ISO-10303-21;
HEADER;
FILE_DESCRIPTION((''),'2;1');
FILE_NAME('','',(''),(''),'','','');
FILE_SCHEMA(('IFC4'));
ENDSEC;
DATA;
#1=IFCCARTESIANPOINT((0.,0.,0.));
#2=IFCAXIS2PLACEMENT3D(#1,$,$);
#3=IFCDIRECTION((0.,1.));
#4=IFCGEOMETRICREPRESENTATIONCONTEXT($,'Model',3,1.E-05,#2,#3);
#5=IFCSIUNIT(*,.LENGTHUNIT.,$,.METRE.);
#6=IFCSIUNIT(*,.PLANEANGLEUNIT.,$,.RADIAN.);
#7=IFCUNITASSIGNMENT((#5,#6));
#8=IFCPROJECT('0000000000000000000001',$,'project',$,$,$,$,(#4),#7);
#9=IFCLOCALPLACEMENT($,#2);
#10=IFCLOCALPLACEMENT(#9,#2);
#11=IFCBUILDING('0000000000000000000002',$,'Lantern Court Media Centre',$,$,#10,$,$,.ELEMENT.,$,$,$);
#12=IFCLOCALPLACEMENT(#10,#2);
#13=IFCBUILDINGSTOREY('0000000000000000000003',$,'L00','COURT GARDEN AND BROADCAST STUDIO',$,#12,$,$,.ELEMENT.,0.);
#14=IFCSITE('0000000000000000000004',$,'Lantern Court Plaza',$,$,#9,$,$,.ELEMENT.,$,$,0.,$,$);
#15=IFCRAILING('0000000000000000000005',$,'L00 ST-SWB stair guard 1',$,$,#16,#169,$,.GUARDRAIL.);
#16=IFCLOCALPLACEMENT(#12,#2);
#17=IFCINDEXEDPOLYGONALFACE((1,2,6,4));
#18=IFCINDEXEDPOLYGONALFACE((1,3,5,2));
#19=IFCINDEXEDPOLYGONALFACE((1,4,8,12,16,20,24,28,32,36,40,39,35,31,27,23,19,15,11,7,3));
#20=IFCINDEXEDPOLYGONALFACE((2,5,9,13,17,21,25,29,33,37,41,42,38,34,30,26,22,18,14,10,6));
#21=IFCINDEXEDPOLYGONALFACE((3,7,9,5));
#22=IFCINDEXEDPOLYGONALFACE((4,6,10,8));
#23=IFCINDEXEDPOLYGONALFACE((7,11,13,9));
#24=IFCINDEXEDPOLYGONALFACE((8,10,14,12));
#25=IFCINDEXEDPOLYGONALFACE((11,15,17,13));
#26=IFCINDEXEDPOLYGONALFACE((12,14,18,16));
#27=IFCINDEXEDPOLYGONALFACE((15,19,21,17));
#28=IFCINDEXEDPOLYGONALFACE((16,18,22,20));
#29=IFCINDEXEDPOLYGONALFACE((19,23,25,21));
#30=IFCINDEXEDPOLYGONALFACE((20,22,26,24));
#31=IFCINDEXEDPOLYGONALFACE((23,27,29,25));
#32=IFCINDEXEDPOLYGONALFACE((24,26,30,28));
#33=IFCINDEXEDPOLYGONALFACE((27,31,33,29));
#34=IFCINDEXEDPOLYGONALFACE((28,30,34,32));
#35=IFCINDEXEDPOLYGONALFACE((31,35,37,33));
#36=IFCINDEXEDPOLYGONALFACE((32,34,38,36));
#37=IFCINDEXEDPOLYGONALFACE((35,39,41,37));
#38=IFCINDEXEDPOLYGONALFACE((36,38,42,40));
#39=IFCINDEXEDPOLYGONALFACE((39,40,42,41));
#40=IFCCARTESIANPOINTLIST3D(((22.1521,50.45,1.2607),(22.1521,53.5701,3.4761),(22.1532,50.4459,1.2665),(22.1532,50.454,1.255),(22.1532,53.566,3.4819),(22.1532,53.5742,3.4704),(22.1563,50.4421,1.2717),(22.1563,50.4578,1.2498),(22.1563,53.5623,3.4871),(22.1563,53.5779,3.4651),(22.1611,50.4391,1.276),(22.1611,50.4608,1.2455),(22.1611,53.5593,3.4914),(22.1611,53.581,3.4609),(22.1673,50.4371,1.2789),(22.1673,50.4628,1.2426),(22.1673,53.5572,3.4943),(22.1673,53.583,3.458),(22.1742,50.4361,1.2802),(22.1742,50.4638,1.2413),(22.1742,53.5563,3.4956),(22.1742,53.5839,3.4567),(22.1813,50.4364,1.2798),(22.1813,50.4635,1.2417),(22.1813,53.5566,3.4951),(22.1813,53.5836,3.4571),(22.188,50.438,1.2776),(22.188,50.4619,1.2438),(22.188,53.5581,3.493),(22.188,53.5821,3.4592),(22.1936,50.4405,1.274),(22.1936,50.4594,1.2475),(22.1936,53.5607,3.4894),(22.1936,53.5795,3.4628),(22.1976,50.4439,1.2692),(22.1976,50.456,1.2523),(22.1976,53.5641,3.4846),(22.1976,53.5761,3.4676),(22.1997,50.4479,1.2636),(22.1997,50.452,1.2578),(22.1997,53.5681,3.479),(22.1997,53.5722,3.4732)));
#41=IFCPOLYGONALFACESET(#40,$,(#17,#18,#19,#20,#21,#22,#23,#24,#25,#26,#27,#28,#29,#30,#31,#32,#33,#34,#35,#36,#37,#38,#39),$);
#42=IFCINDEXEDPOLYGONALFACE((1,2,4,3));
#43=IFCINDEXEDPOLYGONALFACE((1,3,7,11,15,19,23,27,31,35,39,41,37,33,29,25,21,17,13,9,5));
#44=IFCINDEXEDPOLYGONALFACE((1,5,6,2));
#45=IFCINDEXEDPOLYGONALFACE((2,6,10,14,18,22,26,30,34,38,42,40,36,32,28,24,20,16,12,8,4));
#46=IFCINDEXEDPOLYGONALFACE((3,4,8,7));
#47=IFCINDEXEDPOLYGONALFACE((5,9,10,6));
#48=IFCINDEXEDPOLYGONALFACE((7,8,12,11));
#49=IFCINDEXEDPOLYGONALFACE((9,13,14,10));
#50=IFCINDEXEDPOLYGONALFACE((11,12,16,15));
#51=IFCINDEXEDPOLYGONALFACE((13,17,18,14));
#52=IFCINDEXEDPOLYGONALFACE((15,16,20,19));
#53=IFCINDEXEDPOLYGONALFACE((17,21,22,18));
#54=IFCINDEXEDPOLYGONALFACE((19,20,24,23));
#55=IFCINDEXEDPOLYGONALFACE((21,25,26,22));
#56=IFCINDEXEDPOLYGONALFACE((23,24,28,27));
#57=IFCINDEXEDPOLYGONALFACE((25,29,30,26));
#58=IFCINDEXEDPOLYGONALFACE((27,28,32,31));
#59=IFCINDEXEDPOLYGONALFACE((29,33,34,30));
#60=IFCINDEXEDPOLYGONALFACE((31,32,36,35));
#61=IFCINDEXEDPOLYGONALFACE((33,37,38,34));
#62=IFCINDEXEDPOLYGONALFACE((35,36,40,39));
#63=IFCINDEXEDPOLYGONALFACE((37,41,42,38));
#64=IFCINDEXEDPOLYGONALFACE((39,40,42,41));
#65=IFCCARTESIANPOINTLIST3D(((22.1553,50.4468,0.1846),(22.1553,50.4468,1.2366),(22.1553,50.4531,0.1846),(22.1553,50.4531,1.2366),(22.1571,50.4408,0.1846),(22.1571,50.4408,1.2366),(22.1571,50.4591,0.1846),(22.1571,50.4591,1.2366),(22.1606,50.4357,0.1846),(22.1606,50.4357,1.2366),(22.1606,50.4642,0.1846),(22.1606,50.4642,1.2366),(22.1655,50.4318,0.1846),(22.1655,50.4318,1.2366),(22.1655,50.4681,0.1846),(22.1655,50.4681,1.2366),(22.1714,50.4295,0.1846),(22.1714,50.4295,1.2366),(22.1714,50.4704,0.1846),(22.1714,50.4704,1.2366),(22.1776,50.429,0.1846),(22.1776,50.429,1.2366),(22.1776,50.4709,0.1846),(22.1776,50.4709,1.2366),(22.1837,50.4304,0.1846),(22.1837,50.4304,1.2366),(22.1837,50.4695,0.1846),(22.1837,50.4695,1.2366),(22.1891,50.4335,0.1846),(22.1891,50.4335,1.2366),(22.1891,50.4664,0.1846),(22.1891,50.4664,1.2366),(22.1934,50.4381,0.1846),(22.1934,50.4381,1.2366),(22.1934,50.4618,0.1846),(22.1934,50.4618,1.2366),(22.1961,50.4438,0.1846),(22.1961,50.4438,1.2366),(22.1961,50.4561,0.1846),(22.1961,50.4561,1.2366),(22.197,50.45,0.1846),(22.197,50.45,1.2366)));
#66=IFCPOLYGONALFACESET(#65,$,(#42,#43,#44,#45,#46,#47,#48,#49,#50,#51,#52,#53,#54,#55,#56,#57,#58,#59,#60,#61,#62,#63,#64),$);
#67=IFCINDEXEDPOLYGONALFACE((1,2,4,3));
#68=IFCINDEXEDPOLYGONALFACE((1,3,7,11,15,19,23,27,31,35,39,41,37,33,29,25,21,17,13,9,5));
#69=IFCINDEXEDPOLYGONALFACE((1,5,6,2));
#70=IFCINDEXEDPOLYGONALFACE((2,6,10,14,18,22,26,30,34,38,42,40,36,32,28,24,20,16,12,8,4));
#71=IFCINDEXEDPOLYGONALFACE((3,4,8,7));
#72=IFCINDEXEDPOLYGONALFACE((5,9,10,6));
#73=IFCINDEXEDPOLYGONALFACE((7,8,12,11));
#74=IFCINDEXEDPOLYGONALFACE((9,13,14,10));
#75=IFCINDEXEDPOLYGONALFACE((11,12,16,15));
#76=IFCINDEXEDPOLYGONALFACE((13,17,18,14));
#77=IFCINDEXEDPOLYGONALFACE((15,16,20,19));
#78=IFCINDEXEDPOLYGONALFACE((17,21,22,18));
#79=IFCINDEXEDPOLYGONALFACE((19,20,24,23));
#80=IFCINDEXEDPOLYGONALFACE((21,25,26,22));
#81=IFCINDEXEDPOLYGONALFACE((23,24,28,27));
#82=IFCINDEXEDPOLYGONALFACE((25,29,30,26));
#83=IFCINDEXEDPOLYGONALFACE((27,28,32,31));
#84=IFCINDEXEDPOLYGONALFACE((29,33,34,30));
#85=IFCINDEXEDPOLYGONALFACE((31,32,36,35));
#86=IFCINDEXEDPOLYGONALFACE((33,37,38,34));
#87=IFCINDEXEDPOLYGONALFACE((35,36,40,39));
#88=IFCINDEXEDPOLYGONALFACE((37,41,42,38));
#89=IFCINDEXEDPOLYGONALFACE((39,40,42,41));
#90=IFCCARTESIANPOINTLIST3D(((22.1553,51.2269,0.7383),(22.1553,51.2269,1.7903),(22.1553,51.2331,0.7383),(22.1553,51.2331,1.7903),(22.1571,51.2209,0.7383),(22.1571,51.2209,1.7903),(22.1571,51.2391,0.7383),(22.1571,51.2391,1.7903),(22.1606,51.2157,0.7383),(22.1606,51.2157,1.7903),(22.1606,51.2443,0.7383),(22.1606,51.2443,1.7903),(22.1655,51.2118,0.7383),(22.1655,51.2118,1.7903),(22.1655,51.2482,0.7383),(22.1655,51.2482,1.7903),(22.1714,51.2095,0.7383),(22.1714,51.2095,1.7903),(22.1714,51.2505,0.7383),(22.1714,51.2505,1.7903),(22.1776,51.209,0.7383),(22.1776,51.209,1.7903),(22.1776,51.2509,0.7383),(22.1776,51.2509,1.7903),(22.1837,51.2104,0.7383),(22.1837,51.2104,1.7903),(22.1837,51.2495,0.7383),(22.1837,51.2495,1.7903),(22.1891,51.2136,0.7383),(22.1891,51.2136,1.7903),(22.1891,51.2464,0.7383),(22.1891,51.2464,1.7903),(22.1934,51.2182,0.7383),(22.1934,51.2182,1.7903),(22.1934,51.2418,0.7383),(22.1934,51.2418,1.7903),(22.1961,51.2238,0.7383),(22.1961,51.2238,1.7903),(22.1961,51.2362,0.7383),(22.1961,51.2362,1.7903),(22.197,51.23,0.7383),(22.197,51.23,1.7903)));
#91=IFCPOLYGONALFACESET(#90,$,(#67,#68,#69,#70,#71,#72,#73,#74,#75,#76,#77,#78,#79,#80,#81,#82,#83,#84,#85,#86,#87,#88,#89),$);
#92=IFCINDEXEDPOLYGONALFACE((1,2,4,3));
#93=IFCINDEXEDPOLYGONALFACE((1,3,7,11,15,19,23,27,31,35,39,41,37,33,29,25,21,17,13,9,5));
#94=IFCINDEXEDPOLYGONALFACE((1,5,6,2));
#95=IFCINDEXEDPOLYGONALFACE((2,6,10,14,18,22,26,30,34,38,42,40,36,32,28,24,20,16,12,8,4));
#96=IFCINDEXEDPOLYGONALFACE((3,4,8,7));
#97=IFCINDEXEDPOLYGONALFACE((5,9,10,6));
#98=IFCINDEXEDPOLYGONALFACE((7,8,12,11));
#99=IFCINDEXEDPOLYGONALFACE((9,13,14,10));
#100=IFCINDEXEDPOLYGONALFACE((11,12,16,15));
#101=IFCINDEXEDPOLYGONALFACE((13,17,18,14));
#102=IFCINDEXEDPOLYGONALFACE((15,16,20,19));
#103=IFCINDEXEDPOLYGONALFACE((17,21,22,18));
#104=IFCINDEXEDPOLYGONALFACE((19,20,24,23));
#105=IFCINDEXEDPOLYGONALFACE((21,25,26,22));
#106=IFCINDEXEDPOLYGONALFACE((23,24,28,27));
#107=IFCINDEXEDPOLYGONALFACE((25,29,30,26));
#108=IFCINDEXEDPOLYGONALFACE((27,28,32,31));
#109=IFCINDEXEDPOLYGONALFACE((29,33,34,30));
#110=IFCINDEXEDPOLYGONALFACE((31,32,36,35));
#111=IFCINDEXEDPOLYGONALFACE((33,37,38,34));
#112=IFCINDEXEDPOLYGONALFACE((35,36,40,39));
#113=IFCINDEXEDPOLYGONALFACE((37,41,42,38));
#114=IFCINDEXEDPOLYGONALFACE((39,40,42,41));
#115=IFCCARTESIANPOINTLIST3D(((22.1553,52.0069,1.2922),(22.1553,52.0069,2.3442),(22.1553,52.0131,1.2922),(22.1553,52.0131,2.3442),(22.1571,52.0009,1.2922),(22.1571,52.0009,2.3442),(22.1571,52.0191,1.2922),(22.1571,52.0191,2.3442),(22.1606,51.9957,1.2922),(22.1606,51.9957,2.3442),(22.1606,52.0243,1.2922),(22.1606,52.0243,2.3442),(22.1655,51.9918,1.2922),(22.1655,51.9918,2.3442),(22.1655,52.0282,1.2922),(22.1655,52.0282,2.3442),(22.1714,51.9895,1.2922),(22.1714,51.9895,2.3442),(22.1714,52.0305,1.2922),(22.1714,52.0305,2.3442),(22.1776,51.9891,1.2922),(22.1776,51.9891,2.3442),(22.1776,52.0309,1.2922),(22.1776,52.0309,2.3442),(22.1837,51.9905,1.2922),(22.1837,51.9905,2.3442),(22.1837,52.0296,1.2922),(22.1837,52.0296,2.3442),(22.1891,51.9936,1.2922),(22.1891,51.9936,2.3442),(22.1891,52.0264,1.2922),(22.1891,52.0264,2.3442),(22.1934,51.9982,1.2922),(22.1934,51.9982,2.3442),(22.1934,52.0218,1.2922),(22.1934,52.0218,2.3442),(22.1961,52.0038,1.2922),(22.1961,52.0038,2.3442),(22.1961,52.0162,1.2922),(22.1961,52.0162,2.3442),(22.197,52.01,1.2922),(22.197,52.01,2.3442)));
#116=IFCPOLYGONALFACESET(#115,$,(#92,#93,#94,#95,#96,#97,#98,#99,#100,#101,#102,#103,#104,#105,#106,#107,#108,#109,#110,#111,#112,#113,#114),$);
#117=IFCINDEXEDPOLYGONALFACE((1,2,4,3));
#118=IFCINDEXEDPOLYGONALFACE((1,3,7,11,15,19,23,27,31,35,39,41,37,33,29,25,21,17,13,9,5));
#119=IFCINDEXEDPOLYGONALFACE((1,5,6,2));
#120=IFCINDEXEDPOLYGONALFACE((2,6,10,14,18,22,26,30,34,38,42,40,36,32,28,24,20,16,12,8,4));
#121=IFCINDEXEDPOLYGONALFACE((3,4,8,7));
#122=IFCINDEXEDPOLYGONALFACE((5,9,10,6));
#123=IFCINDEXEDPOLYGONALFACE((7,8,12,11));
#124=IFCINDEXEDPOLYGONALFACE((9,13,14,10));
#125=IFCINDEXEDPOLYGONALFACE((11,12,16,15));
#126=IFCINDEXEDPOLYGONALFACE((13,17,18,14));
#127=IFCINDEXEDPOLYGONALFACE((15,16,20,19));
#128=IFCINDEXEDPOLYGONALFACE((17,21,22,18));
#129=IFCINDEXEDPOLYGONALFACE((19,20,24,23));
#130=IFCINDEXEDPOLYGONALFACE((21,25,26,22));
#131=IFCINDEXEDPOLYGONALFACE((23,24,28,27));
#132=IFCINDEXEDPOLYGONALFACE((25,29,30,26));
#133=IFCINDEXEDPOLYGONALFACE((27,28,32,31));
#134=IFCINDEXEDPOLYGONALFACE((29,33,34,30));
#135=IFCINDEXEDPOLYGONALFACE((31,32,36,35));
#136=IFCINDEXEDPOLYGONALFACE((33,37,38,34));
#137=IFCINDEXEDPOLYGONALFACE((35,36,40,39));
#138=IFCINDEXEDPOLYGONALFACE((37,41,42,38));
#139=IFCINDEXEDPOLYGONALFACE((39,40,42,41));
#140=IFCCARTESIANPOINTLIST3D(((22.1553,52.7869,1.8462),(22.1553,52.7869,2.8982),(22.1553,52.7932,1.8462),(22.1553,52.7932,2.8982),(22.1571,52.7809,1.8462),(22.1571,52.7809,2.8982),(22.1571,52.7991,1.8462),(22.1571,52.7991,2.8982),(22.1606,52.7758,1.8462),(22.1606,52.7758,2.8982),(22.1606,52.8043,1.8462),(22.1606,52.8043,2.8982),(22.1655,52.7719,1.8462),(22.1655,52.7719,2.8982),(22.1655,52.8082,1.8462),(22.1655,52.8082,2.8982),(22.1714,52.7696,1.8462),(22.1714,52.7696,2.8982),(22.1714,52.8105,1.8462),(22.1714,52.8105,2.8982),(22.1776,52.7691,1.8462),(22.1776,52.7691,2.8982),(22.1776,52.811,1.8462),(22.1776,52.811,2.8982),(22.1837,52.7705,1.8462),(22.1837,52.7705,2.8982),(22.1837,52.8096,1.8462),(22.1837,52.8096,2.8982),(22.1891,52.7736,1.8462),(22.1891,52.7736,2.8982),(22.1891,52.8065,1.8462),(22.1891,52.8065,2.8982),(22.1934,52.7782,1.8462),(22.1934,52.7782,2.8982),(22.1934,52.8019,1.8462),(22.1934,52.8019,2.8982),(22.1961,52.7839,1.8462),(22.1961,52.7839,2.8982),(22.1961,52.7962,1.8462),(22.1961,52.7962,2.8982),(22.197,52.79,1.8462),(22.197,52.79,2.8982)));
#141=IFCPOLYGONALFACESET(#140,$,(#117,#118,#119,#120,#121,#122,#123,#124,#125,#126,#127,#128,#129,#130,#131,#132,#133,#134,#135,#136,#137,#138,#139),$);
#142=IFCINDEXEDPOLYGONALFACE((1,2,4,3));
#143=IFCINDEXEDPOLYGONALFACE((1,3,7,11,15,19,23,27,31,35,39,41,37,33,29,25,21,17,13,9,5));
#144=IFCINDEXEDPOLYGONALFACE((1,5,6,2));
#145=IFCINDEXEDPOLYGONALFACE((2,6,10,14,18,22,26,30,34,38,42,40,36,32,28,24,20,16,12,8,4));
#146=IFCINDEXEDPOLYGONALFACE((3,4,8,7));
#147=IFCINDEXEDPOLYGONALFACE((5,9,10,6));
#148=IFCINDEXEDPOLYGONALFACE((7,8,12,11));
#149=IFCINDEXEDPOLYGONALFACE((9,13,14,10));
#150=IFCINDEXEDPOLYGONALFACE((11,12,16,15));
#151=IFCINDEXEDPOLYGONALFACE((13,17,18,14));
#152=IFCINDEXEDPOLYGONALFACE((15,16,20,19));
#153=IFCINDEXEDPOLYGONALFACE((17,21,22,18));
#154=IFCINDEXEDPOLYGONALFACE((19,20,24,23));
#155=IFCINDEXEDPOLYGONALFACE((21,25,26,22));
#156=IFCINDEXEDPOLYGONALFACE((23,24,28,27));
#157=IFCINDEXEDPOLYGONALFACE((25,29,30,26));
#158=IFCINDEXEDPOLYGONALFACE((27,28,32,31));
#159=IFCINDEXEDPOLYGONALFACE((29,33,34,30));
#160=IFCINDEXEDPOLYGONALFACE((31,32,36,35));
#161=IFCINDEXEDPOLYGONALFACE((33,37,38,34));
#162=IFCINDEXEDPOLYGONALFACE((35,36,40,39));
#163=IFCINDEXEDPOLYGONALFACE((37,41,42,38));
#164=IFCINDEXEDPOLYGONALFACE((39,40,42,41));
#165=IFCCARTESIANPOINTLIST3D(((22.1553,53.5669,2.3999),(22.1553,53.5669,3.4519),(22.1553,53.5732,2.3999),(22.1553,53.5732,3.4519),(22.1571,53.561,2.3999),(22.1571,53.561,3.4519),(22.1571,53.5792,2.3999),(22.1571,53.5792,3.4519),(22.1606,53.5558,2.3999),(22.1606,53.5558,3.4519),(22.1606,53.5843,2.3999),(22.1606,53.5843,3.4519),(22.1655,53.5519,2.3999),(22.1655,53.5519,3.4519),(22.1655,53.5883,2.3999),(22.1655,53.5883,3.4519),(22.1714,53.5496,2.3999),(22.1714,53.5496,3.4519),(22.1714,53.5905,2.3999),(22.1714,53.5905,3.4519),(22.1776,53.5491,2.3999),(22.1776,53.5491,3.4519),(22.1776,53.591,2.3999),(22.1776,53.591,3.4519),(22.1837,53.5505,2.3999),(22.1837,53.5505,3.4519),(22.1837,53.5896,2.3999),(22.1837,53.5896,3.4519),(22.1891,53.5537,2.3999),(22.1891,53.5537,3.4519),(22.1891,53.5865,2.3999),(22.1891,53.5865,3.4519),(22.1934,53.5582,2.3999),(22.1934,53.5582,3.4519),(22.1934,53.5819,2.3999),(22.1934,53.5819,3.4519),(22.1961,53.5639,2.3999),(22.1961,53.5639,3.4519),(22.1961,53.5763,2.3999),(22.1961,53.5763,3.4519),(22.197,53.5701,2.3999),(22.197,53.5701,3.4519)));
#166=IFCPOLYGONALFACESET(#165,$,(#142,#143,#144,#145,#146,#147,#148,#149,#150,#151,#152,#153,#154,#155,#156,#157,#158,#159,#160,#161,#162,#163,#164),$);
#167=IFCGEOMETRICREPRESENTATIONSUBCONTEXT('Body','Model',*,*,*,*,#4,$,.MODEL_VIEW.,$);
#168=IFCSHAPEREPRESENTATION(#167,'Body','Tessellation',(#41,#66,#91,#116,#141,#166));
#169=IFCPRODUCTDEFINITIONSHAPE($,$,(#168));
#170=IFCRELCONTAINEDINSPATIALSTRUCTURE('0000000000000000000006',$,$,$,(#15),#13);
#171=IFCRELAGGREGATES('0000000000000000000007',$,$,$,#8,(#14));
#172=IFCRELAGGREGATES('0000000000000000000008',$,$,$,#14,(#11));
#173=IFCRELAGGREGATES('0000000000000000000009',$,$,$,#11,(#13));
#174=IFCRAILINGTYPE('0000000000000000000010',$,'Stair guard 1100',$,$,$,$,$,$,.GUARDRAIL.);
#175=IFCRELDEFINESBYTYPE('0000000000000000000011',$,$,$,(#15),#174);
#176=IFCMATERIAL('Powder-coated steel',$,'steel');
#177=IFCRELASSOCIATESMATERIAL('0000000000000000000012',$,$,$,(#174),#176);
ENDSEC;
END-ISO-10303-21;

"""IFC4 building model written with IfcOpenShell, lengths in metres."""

from ifc_helpers import new_model, si_unit, direction, frame, origin, origin_2d, place, context, subcontext, project, spatial, circle, extrude, material, type_object, element, save


model = new_model("IFC4")

# Units and contexts
model_context = context("Model", 3, precision=1e-05, world=origin(), true_north=direction((0.0, 1.0)))
body_context = subcontext(model_context, "Body", "Model", "MODEL_VIEW")
ifc_project = project(units=[si_unit("LENGTHUNIT", "METRE"), si_unit("PLANEANGLEUNIT", "RADIAN")], contexts=[model_context])

# Site, building, storey
site_placement = place(None, origin())
site = spatial("IfcSite", under=ifc_project, at=site_placement, Name="Lantern Court Plaza", CompositionType="ELEMENT", RefElevation=0.0)
building_placement = place(site_placement, origin())
building = spatial("IfcBuilding", under=site, at=building_placement, Name="Lantern Court Media Centre", CompositionType="ELEMENT")
storey_placement = place(building_placement, origin())
storey = spatial("IfcBuildingStorey", under=building, at=storey_placement, Name="L00", Description="COURT GARDEN AND BROADCAST STUDIO", CompositionType="ELEMENT", Elevation=0.0)

# Railing
ifc_material_1 = material(Name="Powder-coated steel", Category="steel")
railing_type_1 = type_object("IfcRailingType", Name="Stair guard 1100", PredefinedType="GUARDRAIL", material=ifc_material_1)
railing_1_placement = place(storey_placement, frame((22.176, 50.45, 0.1846)))
element("IfcRailing", 1, at=railing_1_placement, inside=storey, type_object=railing_type_1, Name="L00 ST-SWB stair guard 1", PredefinedType="GUARDRAIL", context=body_context, shape_type="SweptSolid", body=[
    extrude(circle(Radius=0.0239, at=origin_2d()), frame((0.0, 0.0, 1.0762), z_axis=(0.0, 0.815377, 0.57893), x_axis=(-1.0, 0.0, 0.0)), (0.0, 0.0, 1.0), 3.8267),
    extrude(circle(Radius=0.021, at=origin_2d()), origin(), (0.0, 0.0, 1.0), 1.052),
    extrude(circle(Radius=0.021, at=origin_2d()), frame((0.0, 0.78, 0.5537)), (0.0, 0.0, 1.0), 1.052),
    extrude(circle(Radius=0.021, at=origin_2d()), frame((0.0, 1.5601, 1.1077)), (0.0, 0.0, 1.0), 1.052),
    extrude(circle(Radius=0.021, at=origin_2d()), frame((0.0, 2.3401, 1.6616)), (0.0, 0.0, 1.0), 1.052),
    extrude(circle(Radius=0.021, at=origin_2d()), frame((0.0, 3.1201, 2.2153)), (0.0, 0.0, 1.0), 1.052),
])

save(model, "model.ifc")
